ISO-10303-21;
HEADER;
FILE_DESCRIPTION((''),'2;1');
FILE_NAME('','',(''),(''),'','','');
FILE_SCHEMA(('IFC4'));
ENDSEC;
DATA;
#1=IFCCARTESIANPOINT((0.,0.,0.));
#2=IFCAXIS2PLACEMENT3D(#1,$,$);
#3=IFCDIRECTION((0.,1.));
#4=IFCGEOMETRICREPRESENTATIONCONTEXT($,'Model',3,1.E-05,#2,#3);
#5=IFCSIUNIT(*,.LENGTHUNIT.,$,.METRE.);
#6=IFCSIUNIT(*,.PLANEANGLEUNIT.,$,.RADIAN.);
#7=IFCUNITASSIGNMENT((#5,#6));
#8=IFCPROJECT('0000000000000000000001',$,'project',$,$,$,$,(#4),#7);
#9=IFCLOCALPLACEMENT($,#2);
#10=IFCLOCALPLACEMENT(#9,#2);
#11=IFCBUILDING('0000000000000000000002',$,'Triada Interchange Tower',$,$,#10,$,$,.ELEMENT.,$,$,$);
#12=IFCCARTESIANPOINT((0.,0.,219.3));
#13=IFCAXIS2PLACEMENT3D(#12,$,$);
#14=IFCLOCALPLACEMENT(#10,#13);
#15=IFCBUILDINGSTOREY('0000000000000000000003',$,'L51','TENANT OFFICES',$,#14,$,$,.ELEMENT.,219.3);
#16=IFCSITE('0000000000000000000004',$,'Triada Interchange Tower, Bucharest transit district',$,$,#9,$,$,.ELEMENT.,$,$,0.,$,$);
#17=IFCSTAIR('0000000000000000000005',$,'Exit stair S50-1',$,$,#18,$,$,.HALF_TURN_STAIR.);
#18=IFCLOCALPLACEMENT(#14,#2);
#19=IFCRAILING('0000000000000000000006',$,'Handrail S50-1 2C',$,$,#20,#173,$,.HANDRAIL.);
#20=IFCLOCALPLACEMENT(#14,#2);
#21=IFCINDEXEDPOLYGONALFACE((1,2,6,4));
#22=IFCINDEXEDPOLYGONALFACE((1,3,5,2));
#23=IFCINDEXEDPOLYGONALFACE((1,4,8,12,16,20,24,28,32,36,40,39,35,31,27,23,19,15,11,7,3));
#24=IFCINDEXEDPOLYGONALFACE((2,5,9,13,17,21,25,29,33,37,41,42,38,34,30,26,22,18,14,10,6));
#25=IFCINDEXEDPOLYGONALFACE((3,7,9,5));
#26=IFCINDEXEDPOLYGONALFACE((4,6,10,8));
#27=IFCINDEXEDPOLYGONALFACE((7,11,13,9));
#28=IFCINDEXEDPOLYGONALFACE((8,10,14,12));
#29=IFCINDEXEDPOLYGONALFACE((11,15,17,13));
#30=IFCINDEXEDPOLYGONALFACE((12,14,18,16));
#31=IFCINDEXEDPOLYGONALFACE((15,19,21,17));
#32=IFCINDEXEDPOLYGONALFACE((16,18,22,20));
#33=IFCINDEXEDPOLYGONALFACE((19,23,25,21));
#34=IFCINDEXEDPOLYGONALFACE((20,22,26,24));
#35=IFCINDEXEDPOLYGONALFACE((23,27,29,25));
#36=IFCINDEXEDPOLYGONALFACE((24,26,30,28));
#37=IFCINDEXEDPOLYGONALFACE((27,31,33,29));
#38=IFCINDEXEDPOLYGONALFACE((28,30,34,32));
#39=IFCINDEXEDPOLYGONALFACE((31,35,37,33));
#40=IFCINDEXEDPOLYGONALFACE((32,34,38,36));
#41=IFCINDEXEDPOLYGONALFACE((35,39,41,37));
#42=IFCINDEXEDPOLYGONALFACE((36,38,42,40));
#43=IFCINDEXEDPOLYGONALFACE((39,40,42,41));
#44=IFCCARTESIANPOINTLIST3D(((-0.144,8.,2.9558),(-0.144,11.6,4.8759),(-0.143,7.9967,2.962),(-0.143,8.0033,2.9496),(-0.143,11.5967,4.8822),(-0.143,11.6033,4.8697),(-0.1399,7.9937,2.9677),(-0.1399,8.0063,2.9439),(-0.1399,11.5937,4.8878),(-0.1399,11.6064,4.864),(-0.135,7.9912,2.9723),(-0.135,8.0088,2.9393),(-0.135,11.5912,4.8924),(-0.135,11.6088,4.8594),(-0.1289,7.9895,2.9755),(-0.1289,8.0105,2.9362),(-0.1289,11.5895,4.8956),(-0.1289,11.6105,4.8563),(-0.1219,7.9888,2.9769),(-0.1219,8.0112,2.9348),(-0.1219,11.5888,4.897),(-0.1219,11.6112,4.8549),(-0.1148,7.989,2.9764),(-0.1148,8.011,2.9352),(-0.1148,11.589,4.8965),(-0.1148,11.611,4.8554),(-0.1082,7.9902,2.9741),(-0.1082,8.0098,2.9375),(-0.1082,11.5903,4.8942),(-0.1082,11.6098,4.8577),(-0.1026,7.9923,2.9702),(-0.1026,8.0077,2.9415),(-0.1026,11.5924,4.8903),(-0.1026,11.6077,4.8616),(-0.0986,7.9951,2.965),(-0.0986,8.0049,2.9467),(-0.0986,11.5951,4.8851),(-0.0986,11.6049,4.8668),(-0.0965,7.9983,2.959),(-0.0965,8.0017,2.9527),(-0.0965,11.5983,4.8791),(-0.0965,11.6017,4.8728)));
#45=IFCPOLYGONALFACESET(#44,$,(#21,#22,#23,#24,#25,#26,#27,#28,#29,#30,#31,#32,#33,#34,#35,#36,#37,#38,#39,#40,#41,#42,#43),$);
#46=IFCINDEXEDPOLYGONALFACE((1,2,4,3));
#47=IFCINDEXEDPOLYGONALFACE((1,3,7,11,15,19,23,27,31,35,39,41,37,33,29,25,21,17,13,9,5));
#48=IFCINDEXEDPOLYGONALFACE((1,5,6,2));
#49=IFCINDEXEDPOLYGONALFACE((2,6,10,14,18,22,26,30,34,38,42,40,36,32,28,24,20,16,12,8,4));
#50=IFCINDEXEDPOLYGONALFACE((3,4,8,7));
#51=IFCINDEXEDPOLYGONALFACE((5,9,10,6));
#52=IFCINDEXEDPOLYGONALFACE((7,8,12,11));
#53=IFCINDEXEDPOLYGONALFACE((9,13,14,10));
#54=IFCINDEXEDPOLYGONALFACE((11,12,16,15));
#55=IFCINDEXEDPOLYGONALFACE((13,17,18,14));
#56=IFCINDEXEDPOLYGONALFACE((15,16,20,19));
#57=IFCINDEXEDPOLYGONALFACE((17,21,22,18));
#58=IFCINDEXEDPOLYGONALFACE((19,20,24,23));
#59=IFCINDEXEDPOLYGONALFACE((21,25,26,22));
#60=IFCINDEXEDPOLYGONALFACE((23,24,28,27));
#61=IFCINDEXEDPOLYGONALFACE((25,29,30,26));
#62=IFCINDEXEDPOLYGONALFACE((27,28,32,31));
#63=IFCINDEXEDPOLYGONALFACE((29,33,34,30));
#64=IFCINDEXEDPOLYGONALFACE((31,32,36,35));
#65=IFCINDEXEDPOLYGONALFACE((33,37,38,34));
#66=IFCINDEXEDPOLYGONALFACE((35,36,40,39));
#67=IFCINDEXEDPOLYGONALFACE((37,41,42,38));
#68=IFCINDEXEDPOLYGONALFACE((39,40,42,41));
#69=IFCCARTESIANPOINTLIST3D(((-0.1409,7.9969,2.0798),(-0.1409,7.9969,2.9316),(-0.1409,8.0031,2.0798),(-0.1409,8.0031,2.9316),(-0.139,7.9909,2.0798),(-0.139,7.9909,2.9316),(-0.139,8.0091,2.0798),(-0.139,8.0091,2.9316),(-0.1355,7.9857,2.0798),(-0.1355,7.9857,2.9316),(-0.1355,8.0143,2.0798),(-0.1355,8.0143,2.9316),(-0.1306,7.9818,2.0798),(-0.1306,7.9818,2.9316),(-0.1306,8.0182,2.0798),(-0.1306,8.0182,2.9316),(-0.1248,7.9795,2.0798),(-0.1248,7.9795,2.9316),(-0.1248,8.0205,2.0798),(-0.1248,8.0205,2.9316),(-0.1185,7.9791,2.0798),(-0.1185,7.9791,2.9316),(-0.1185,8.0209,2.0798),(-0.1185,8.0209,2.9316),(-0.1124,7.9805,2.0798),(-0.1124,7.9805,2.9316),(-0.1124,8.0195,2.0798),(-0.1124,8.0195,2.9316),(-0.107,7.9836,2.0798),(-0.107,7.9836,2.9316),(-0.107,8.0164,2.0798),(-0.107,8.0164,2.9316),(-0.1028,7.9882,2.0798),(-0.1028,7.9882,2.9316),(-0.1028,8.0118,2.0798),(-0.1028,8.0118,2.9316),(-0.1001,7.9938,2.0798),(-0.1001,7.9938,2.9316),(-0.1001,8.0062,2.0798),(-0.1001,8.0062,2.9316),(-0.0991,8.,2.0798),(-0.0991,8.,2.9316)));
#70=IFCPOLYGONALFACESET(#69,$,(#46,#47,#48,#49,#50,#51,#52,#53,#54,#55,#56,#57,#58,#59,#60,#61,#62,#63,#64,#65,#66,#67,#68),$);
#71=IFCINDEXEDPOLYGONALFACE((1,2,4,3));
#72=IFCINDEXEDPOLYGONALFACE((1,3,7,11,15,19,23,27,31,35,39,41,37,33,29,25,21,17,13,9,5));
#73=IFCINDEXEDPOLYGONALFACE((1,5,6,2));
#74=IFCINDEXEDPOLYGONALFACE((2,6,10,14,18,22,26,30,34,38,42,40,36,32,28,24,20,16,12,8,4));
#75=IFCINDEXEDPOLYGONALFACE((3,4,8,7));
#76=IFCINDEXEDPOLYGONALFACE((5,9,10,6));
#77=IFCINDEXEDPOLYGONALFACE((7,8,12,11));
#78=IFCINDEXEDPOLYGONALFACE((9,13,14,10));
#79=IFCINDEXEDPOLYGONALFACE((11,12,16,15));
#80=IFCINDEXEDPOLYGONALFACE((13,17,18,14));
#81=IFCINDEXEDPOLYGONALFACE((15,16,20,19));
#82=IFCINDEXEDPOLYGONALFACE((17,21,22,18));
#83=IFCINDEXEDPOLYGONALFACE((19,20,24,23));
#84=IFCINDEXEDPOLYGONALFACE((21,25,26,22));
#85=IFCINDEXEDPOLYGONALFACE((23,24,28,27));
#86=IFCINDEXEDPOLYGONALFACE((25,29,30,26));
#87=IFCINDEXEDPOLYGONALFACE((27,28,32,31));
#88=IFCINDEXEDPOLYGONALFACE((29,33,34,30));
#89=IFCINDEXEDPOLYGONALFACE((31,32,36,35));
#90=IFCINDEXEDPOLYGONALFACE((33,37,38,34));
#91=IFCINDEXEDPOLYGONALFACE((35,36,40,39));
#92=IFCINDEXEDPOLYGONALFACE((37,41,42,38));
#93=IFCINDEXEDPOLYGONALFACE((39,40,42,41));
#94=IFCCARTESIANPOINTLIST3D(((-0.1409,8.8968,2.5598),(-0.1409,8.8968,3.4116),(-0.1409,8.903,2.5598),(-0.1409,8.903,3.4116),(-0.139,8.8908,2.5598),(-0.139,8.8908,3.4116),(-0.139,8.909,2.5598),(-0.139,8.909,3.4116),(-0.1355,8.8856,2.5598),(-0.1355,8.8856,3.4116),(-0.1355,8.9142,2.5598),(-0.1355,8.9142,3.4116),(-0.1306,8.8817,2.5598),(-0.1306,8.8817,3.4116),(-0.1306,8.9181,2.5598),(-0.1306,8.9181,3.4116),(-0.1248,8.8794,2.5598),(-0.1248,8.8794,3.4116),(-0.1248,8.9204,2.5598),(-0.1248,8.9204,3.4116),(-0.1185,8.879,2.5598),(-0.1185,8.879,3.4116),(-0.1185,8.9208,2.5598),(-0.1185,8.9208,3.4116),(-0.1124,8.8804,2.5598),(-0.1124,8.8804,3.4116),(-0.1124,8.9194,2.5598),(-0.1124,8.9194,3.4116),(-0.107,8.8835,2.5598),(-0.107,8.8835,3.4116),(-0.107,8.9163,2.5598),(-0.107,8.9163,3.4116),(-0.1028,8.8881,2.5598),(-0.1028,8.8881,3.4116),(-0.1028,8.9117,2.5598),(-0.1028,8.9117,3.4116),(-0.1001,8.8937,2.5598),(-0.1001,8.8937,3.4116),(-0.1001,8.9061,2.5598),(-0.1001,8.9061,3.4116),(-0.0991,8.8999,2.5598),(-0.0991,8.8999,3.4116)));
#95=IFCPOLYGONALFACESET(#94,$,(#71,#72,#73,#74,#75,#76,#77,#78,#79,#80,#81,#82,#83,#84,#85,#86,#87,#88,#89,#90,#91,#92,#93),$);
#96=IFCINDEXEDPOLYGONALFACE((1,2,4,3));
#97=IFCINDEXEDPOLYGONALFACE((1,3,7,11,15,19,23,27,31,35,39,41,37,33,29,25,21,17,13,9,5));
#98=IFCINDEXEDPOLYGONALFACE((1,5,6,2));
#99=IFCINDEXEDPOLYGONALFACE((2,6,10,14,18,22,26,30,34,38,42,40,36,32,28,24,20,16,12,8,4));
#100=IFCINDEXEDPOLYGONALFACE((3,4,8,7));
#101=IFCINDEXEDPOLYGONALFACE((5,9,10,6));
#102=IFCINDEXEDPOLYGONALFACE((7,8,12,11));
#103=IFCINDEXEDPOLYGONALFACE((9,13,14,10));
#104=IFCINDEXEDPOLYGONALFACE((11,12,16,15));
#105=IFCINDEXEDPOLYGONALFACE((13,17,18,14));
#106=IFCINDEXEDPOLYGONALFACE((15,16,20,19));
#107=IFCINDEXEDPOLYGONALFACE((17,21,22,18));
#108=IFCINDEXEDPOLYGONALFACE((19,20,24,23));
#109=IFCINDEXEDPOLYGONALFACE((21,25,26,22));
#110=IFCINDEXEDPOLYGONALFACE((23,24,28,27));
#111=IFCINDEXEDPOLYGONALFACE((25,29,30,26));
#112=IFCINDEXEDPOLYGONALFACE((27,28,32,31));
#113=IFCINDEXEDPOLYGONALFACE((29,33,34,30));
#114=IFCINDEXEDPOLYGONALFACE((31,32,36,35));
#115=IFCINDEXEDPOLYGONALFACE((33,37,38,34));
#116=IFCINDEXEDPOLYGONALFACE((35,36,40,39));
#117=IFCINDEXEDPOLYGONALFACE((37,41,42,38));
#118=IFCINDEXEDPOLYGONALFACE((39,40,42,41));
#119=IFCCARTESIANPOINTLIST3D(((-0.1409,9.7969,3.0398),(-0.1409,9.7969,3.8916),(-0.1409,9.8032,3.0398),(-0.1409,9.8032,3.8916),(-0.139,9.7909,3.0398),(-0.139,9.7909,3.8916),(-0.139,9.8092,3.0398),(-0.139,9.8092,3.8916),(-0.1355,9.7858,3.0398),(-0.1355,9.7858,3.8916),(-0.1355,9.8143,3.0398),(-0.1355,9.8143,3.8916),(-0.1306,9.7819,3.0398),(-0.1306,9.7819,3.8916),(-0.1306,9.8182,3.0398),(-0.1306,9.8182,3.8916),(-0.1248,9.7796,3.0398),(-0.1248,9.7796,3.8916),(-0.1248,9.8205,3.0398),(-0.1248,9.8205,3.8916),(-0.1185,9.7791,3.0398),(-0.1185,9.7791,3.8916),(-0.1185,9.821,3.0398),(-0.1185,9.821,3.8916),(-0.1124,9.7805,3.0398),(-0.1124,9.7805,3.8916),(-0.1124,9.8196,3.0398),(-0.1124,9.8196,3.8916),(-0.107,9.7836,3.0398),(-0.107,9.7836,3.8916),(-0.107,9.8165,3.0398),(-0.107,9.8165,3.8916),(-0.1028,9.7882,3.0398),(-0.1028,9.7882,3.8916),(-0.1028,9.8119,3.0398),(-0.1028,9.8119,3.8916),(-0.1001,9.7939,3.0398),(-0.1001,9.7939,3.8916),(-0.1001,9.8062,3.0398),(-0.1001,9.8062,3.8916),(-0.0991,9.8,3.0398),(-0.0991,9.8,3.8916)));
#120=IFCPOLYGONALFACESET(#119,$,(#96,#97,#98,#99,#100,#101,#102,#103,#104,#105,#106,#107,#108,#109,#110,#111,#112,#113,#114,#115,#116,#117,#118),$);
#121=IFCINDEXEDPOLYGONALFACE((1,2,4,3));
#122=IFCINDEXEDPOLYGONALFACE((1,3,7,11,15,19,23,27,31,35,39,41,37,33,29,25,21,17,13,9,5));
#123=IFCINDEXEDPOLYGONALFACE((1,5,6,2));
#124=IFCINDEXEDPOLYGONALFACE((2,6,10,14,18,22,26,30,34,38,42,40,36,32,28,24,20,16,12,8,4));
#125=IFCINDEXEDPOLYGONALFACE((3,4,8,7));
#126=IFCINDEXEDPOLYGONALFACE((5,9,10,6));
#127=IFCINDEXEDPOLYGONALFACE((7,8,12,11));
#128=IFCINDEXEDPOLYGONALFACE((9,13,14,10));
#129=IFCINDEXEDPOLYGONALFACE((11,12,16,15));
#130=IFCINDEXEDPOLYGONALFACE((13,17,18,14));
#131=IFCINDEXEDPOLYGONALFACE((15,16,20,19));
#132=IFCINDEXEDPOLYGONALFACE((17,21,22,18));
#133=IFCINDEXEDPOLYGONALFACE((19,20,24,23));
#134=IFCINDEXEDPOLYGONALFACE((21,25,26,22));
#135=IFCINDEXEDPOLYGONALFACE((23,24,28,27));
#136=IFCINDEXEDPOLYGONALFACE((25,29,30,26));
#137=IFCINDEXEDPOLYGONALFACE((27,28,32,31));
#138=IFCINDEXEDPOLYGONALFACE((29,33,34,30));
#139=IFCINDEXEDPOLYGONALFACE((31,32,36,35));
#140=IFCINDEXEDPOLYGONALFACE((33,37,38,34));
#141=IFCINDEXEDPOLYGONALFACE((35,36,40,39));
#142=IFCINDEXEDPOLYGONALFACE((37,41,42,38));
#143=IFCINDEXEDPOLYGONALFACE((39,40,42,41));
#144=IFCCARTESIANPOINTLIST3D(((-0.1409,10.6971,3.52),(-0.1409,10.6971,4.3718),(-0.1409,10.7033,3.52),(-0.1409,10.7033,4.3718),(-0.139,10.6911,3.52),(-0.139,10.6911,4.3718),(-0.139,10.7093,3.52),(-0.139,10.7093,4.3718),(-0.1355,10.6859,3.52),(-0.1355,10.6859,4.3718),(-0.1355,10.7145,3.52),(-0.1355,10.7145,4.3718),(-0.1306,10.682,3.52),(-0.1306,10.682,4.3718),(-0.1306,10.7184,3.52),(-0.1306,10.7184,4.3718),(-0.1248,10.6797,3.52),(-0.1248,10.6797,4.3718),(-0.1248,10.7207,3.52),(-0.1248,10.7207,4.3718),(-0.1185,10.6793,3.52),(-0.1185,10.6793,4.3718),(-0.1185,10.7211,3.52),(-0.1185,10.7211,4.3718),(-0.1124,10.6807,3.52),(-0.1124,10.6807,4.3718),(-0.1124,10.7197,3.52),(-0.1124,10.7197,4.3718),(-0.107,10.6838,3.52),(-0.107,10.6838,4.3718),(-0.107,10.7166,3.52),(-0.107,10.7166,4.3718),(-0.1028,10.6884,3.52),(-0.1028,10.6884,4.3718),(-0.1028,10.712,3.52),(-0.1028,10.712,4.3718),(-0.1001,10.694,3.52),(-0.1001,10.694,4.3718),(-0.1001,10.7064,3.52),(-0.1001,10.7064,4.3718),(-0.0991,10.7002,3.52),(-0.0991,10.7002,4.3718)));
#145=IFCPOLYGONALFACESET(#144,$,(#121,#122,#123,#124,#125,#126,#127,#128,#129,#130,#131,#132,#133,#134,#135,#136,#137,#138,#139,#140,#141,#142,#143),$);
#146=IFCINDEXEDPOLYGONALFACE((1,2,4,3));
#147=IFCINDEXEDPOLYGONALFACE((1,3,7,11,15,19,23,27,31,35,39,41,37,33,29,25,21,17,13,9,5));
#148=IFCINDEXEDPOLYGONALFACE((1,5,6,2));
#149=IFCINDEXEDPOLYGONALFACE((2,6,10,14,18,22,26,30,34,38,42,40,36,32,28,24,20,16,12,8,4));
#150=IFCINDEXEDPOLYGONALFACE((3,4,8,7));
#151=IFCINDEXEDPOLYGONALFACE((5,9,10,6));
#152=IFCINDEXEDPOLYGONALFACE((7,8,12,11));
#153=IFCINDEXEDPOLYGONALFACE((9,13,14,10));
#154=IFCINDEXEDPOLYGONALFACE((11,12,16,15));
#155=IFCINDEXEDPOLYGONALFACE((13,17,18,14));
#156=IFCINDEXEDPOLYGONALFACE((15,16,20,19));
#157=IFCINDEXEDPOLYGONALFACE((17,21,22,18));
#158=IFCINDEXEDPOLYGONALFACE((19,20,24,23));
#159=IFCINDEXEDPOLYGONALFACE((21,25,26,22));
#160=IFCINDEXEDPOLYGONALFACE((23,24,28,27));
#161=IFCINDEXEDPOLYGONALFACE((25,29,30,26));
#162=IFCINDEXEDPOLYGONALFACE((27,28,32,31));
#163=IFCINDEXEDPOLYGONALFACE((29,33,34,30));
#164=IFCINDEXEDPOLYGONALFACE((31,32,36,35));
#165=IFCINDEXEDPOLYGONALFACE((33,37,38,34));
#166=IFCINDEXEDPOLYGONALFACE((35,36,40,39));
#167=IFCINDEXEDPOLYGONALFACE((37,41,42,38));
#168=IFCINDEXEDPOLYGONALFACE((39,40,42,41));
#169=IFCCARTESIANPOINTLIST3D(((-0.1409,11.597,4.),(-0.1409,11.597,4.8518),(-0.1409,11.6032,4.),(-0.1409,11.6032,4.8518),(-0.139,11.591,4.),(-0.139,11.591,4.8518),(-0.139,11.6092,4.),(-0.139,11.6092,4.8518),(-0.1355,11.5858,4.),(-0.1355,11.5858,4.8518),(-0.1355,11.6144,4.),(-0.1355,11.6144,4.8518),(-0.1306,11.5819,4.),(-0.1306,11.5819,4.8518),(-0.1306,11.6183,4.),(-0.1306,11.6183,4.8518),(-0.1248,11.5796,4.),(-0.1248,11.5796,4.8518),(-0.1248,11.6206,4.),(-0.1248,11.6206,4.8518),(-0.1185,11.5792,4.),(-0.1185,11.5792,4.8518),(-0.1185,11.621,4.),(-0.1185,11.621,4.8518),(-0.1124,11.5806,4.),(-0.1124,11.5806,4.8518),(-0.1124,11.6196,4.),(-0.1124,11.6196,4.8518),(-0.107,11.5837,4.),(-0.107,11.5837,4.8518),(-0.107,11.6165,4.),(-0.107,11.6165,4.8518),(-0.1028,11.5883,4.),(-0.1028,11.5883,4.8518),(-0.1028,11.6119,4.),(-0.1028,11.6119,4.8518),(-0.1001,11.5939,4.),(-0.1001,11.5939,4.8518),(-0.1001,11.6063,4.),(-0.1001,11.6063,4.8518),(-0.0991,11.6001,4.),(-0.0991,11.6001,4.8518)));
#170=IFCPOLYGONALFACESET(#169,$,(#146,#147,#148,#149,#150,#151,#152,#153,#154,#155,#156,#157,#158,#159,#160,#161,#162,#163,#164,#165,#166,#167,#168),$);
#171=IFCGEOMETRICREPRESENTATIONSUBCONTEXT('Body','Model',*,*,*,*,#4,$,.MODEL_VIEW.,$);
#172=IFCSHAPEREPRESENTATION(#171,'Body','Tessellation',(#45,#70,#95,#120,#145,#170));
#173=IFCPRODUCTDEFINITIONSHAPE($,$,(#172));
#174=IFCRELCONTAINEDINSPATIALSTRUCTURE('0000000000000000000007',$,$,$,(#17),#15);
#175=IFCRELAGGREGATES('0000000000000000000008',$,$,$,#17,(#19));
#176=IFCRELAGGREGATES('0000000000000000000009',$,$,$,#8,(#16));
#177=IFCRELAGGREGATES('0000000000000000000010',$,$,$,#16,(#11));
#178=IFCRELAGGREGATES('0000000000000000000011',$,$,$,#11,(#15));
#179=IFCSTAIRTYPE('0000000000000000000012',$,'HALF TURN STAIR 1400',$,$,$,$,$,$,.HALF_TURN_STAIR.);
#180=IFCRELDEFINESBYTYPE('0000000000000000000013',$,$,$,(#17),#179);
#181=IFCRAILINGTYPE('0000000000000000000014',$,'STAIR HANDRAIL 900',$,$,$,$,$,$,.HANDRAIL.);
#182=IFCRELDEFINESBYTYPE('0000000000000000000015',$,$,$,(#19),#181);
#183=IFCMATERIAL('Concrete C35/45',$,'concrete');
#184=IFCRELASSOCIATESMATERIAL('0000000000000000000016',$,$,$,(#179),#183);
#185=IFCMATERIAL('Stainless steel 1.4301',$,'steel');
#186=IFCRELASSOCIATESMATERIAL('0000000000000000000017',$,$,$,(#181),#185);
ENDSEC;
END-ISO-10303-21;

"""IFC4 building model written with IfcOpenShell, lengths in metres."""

from ifc_helpers import new_model, si_unit, direction, frame, origin, origin_2d, place, context, subcontext, project, spatial, circle, extrude, material, type_object, element, aggregate, save


model = new_model("IFC4")

# Units and contexts
model_context = context("Model", 3, precision=1e-05, world=origin(), true_north=direction((0.0, 1.0)))
body_context = subcontext(model_context, "Body", "Model", "MODEL_VIEW")
ifc_project = project(units=[si_unit("LENGTHUNIT", "METRE"), si_unit("PLANEANGLEUNIT", "RADIAN")], contexts=[model_context])

# Site, building, storey
site_placement = place(None, origin())
site = spatial("IfcSite", under=ifc_project, at=site_placement, Name="Triada Interchange Tower, Bucharest transit district", CompositionType="ELEMENT", RefElevation=0.0)
building_placement = place(site_placement, origin())
building = spatial("IfcBuilding", under=site, at=building_placement, Name="Triada Interchange Tower", CompositionType="ELEMENT")
storey_placement = place(building_placement, frame((0.0, 0.0, 219.3)))
storey = spatial("IfcBuildingStorey", under=building, at=storey_placement, Name="L51", Description="TENANT OFFICES", CompositionType="ELEMENT", Elevation=219.3)

# Stair, railing
ifc_material_1 = material(Name="Concrete C35/45", Category="concrete")
stair_type = type_object("IfcStairType", Name="HALF TURN STAIR 1400", PredefinedType="HALF_TURN_STAIR", material=ifc_material_1)
stair_placement = place(storey_placement, origin())
stair = element("IfcStair", 1, at=stair_placement, inside=storey, type_object=stair_type, Name="Exit stair S50-1", PredefinedType="HALF_TURN_STAIR")
ifc_material_2 = material(Name="Stainless steel 1.4301", Category="steel")
railing_type = type_object("IfcRailingType", Name="STAIR HANDRAIL 900", PredefinedType="HANDRAIL", material=ifc_material_2)
railing_1_placement = place(storey_placement, frame((-0.1201, 8.0, 2.0798)))
railing_1 = element("IfcRailing", 2, at=railing_1_placement, type_object=railing_type, Name="Handrail S50-1 2C", PredefinedType="HANDRAIL", context=body_context, shape_type="SweptSolid", body=[
    extrude(circle(Radius=0.0239, at=origin_2d()), frame((0.0, 0.0, 0.876), z_axis=(0.0, 0.882341, 0.47061), x_axis=(-1.0, 0.0, 0.0)), (0.0, 0.0, 1.0), 4.0801),
    extrude(circle(Radius=0.021, at=origin_2d()), origin(), (0.0, 0.0, 1.0), 0.8518),
    extrude(circle(Radius=0.021, at=origin_2d()), frame((0.0, 0.8999, 0.48)), (0.0, 0.0, 1.0), 0.8518),
    extrude(circle(Radius=0.021, at=origin_2d()), frame((0.0, 1.8, 0.96)), (0.0, 0.0, 1.0), 0.8518),
    extrude(circle(Radius=0.021, at=origin_2d()), frame((0.0, 2.7002, 1.4402)), (0.0, 0.0, 1.0), 0.8518),
    extrude(circle(Radius=0.021, at=origin_2d()), frame((0.0, 3.6001, 1.9202)), (0.0, 0.0, 1.0), 0.8518),
])
aggregate(stair, [railing_1])

save(model, "model.ifc")
